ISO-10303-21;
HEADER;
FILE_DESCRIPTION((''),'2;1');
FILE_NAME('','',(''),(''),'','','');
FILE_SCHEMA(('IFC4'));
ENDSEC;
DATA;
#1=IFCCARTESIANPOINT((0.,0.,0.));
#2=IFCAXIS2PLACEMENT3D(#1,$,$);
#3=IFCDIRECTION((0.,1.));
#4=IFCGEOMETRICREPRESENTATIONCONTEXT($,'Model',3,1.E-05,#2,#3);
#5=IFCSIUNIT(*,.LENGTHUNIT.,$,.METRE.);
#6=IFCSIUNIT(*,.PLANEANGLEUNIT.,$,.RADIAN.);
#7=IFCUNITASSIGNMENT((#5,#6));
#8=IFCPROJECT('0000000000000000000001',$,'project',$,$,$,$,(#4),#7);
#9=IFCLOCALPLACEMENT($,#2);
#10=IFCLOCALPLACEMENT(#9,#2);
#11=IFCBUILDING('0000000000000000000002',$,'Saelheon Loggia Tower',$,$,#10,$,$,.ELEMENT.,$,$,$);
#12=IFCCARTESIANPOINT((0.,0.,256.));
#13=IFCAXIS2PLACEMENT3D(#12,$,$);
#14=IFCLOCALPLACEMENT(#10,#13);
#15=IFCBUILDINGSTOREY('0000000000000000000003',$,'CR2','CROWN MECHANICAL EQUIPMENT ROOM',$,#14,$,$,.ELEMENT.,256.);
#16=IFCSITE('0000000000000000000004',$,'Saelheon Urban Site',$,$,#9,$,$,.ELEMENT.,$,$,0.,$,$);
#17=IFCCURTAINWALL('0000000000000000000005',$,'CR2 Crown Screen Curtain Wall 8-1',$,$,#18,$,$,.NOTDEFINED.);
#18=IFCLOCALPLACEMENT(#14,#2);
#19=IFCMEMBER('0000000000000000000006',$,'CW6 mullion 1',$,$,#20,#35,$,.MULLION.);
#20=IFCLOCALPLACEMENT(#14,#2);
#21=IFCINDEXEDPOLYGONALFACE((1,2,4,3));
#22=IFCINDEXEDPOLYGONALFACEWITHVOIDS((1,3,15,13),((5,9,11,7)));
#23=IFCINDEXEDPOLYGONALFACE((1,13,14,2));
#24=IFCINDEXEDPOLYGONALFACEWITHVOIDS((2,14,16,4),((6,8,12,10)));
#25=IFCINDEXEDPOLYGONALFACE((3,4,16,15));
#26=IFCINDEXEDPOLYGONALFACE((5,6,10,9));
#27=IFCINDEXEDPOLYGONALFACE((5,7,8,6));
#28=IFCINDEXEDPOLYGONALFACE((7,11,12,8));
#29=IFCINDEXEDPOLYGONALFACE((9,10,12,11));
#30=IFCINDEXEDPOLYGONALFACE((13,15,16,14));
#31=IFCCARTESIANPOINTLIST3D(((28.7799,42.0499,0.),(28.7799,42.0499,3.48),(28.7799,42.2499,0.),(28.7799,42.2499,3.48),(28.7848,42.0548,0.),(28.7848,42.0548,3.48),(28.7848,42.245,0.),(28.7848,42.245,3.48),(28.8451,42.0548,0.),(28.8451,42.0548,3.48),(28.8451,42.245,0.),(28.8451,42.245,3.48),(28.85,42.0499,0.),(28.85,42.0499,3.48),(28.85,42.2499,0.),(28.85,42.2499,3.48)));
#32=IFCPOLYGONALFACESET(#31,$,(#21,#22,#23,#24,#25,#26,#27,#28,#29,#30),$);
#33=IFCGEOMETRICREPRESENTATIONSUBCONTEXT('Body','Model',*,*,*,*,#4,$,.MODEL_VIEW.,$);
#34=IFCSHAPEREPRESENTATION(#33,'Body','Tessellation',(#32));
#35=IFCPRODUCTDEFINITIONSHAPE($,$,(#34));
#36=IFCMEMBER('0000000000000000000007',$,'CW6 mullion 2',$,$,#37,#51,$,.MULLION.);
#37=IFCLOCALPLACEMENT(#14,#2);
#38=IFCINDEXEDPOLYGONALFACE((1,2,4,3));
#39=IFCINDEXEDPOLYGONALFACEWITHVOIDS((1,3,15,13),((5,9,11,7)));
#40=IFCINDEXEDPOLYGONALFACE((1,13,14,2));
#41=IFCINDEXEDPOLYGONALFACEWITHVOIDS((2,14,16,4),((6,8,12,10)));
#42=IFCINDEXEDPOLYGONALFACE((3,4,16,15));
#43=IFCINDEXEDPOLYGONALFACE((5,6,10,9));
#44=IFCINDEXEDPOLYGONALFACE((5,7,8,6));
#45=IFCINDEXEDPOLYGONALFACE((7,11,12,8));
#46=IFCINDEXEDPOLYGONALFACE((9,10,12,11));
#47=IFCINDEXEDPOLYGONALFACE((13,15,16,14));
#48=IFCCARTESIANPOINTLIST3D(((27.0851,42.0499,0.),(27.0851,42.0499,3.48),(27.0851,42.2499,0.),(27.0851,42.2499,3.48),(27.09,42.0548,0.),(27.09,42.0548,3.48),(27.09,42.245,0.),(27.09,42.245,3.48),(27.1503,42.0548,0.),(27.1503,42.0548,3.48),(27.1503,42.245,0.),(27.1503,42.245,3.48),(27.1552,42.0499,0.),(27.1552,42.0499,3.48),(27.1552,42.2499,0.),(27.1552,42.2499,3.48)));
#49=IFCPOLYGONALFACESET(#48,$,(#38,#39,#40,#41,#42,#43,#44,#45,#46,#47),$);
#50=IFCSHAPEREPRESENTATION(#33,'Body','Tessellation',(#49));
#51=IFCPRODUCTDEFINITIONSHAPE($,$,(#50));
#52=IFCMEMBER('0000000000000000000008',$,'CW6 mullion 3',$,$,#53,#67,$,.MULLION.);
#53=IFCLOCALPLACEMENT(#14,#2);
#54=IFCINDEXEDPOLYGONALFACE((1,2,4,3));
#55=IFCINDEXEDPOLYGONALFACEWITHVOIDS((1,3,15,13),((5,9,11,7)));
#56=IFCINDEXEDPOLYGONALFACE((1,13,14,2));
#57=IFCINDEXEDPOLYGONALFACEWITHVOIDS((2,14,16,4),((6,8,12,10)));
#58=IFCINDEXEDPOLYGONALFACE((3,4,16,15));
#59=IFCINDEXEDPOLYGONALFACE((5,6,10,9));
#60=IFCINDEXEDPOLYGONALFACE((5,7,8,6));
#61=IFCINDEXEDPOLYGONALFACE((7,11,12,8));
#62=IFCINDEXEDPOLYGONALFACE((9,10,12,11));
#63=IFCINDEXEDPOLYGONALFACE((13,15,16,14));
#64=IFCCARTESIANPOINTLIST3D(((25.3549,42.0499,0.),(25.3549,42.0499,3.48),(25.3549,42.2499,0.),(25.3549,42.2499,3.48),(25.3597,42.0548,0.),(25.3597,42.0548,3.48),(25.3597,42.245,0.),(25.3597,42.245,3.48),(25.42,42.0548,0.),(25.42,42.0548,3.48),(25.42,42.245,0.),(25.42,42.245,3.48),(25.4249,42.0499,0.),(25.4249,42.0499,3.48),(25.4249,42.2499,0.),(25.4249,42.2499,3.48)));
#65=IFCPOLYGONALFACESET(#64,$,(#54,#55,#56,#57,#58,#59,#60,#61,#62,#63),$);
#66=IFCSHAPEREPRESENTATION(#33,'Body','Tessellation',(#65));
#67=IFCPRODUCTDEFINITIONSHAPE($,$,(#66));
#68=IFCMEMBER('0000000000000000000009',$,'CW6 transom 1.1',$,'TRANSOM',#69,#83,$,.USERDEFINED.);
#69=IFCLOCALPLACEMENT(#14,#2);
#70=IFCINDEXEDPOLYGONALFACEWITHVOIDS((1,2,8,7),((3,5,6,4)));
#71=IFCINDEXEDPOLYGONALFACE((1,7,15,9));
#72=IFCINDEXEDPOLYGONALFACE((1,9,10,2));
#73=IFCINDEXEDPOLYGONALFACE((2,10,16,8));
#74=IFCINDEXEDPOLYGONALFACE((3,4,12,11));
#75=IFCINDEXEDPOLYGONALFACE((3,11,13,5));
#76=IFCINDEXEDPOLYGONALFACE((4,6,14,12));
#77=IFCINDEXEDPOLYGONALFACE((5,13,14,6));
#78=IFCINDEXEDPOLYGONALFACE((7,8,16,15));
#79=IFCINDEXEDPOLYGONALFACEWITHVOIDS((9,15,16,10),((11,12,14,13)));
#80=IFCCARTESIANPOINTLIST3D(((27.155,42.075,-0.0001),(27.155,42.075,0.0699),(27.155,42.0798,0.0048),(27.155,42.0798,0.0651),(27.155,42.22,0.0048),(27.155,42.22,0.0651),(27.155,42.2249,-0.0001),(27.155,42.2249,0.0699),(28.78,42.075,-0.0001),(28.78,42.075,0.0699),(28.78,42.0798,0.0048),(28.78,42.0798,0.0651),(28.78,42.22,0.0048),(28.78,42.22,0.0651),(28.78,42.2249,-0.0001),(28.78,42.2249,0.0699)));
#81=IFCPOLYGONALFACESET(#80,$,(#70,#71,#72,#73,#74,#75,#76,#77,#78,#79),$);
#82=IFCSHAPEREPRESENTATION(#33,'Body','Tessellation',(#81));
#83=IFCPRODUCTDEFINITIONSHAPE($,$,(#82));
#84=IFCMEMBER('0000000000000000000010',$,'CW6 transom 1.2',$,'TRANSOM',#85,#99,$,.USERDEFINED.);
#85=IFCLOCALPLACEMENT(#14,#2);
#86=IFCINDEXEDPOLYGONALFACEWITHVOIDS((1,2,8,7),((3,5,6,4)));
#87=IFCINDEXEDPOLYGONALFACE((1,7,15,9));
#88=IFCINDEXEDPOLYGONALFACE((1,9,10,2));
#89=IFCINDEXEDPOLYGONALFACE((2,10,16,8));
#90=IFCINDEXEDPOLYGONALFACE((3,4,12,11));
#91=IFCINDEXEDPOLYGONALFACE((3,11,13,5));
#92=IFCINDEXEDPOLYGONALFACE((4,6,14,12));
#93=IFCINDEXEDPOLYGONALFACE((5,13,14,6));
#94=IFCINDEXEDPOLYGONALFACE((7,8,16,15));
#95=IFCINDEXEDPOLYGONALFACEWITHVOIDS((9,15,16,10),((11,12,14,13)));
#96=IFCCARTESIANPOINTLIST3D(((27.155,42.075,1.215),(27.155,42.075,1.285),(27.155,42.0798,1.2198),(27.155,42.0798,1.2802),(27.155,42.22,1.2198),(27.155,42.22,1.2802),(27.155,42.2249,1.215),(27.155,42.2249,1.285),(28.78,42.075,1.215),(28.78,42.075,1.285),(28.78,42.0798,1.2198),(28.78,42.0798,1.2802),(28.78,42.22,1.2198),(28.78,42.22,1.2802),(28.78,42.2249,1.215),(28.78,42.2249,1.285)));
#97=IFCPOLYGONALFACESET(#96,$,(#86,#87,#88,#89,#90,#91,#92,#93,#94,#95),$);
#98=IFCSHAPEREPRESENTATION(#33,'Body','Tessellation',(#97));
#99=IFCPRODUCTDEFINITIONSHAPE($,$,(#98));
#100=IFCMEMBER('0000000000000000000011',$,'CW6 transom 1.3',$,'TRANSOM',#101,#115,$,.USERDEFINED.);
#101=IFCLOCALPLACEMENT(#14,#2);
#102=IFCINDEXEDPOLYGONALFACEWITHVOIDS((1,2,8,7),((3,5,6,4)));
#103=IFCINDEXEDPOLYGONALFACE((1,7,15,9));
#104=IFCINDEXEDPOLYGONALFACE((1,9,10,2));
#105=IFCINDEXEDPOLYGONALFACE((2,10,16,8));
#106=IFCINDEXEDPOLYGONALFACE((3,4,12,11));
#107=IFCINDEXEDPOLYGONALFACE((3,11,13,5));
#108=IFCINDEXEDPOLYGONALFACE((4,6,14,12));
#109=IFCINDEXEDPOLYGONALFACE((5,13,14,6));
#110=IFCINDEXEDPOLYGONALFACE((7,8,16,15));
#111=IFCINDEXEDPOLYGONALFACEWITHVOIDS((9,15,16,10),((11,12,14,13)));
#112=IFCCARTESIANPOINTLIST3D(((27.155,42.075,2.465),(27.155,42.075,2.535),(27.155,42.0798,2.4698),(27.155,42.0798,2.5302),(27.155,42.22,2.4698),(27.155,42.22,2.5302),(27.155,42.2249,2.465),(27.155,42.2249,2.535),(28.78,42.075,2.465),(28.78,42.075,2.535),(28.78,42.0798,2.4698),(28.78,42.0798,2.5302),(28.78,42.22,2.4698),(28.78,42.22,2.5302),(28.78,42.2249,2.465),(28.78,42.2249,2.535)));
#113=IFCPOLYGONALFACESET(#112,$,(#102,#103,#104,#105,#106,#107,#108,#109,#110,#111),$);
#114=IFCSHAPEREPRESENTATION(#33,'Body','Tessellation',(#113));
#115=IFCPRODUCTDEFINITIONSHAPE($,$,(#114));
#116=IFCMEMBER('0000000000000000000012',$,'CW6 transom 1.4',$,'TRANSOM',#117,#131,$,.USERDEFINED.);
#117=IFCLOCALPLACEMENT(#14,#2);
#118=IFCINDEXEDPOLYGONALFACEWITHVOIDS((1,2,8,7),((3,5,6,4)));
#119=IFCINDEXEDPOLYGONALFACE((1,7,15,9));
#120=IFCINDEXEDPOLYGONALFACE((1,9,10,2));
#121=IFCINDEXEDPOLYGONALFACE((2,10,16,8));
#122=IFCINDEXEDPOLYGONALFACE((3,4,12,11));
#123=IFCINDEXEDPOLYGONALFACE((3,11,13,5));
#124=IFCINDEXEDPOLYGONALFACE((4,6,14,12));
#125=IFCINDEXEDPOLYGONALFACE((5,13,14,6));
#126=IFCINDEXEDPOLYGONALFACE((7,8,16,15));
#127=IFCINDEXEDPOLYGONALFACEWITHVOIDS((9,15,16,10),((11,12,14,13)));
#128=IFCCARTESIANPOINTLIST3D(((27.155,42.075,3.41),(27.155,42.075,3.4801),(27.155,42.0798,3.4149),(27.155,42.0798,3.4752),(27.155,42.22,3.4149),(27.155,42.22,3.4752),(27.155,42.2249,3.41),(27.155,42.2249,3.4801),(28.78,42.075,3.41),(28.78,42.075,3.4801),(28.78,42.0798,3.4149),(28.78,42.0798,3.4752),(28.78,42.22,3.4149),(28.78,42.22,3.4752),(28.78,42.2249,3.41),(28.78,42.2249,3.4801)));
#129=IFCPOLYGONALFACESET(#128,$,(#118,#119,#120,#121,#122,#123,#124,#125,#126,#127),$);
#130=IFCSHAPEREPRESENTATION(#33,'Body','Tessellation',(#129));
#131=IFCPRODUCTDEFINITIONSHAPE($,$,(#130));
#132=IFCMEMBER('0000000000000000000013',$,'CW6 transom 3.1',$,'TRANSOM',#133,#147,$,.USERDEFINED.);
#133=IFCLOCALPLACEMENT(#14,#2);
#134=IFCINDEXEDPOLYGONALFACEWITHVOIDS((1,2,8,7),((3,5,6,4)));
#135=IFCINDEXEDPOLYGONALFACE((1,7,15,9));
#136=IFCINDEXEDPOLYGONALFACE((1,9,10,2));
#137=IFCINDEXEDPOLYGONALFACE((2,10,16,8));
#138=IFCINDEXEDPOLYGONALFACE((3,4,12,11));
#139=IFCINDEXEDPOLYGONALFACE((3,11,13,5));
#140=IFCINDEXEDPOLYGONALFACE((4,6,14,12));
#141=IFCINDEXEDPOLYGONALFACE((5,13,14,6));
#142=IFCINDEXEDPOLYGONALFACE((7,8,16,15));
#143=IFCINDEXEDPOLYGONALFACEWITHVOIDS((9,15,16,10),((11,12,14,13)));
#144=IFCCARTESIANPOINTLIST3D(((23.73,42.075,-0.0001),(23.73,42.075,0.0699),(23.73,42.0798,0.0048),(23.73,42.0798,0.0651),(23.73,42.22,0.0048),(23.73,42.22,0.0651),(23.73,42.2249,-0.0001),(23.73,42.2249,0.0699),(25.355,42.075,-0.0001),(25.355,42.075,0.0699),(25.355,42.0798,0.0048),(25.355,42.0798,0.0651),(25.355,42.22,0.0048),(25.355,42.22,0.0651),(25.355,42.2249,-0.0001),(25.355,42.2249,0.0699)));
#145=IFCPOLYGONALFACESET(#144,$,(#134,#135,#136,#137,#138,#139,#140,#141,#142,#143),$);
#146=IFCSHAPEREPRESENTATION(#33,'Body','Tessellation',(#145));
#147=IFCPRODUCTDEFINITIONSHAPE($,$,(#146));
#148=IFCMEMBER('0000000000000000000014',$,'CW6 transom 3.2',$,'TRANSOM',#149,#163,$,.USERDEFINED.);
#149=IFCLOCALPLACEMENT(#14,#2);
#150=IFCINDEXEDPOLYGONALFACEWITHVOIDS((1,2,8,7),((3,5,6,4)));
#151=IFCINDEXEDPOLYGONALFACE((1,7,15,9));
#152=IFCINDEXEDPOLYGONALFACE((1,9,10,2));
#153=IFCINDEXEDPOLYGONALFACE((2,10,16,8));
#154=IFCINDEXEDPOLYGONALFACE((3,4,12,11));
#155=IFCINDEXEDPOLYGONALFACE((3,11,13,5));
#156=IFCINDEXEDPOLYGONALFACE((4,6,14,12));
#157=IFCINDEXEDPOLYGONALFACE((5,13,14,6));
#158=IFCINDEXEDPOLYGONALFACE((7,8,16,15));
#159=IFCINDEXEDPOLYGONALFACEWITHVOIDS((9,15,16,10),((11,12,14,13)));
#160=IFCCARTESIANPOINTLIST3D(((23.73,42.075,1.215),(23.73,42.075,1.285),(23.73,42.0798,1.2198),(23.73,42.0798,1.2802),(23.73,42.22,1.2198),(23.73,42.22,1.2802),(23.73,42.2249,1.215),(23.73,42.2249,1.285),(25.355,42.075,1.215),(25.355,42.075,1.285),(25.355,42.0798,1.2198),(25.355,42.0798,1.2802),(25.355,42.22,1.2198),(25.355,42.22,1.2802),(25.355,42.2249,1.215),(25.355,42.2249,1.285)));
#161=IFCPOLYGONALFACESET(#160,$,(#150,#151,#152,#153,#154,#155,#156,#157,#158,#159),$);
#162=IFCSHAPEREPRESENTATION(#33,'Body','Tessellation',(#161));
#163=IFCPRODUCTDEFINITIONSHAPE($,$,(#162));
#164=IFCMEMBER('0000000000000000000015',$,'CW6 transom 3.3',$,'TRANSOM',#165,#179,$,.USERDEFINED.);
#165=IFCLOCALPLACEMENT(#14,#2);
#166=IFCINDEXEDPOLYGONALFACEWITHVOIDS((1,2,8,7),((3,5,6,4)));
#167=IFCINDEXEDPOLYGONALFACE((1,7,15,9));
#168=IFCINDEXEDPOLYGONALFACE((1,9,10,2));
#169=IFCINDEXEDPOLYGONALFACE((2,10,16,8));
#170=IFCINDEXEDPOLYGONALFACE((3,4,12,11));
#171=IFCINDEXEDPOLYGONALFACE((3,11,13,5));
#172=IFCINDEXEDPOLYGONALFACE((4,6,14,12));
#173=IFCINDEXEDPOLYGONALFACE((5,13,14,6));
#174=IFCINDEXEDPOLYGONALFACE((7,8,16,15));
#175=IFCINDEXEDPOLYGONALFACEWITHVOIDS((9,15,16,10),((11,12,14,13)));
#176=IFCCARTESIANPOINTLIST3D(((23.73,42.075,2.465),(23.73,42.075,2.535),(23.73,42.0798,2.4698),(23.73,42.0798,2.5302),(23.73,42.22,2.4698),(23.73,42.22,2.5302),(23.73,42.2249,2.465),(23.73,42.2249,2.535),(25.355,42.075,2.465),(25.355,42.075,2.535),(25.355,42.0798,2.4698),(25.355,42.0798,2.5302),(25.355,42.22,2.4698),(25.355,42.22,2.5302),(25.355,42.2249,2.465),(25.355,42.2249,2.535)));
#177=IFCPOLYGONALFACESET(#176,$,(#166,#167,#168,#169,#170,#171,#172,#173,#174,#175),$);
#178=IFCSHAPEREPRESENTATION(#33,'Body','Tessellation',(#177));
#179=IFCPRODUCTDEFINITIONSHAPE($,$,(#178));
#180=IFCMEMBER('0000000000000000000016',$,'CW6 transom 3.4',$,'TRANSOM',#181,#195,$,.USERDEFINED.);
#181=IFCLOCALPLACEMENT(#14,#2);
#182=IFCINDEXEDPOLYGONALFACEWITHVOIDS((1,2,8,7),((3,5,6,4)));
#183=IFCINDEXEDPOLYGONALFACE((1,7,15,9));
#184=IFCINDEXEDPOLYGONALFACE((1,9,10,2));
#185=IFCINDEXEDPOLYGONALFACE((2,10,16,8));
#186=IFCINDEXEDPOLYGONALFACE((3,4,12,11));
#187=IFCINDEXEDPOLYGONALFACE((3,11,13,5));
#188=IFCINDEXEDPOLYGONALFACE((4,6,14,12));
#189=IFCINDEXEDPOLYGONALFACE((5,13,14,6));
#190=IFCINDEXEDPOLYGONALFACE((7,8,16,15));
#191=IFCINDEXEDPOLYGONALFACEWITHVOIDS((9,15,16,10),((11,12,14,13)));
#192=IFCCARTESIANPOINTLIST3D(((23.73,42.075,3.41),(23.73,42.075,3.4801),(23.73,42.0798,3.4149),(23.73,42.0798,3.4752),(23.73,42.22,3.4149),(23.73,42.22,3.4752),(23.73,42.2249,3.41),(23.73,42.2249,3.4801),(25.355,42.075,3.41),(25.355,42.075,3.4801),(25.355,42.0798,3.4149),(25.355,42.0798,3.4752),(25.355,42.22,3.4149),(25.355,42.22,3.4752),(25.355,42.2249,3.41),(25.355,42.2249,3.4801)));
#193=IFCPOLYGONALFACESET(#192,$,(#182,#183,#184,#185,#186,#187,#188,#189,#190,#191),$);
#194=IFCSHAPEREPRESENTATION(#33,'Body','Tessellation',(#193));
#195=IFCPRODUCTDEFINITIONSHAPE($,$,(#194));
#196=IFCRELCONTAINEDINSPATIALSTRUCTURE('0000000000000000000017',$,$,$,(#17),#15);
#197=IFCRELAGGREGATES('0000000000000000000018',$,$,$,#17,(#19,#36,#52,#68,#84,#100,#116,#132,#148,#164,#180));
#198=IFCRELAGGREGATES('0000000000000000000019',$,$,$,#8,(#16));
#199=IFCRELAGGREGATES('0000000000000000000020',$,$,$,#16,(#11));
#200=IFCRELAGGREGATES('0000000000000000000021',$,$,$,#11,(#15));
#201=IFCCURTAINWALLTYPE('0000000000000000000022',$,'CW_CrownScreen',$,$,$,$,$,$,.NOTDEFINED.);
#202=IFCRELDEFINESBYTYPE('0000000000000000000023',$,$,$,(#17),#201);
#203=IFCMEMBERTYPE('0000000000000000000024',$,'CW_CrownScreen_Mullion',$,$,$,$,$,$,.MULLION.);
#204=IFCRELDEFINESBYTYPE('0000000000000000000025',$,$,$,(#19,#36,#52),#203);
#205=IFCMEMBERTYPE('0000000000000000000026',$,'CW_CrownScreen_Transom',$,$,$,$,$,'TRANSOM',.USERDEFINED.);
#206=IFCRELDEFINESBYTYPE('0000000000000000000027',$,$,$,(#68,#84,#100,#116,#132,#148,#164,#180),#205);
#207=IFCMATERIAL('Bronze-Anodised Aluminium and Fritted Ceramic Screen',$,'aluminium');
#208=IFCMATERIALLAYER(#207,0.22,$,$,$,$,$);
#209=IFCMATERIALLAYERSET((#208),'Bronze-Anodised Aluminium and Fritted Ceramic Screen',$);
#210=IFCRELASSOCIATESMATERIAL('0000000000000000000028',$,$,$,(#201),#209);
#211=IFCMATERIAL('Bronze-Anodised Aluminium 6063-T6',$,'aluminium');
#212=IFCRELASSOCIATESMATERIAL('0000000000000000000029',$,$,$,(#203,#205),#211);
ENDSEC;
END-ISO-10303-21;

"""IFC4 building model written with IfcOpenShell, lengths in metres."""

from ifc_helpers import new_model, si_unit, direction, frame, origin, origin_2d, place, context, subcontext, project, spatial, hollow_rectangle, extrude, source, transform, mapped, material, layer, layer_set, material_profile, profile_set, type_object, element, aggregate, save


model = new_model("IFC4")

# Units and contexts
model_context = context("Model", 3, precision=1e-05, world=origin(), true_north=direction((0.0, 1.0)))
body_context = subcontext(model_context, "Body", "Model", "MODEL_VIEW")
ifc_project = project(units=[si_unit("LENGTHUNIT", "METRE"), si_unit("PLANEANGLEUNIT", "RADIAN")], contexts=[model_context])

# Site, building, storey
site_placement = place(None, origin())
site = spatial("IfcSite", under=ifc_project, at=site_placement, Name="Saelheon Urban Site", CompositionType="ELEMENT", RefElevation=0.0)
building_placement = place(site_placement, origin())
building = spatial("IfcBuilding", under=site, at=building_placement, Name="Saelheon Loggia Tower", CompositionType="ELEMENT")
storey_placement = place(building_placement, frame((0.0, 0.0, 256.0)))
storey = spatial("IfcBuildingStorey", under=building, at=storey_placement, Name="CR2", Description="CROWN MECHANICAL EQUIPMENT ROOM", CompositionType="ELEMENT", Elevation=256.0)

# Curtain wall, members
ifc_material_1 = material(Name="Bronze-Anodised Aluminium and Fritted Ceramic Screen", Category="aluminium")
ifc_layer_1 = layer(ifc_material_1, 0.22)
ifc_layer_set_1 = layer_set([ifc_layer_1], Name="Bronze-Anodised Aluminium and Fritted Ceramic Screen")
curtain_wall_type = type_object("IfcCurtainWallType", Name="CW_CrownScreen", PredefinedType="NOTDEFINED", material=ifc_layer_set_1)
curtain_wall_placement = place(storey_placement, origin())
curtain_wall = element("IfcCurtainWall", 1, at=curtain_wall_placement, inside=storey, type_object=curtain_wall_type, Name="CR2 Crown Screen Curtain Wall 8-1", PredefinedType="NOTDEFINED")
ifc_material_2 = material(Name="Bronze-Anodised Aluminium 6063-T6", Category="aluminium")
ifc_material_profile_1 = material_profile(ifc_material_2, hollow_rectangle(XDim=0.0701, YDim=0.2, WallThickness=0.0049, at=origin_2d()), Name="RHS-200x70x5")
ifc_profile_set_1 = profile_set([ifc_material_profile_1], Name="Bronze-Anodised Aluminium 6063-T6")
member_type_1 = type_object("IfcMemberType", Name="CW_CrownScreen_Mullion", PredefinedType="MULLION", material=ifc_profile_set_1)
shared_shape_1 = source(origin(), body_context, "Body", "SweptSolid", [
    extrude(hollow_rectangle(XDim=0.0701, YDim=0.2, WallThickness=0.0049, at=origin_2d()), origin(), (0.0, 0.0, 1.0), 3.48),
])
member_1_placement = place(storey_placement, frame((28.8149, 42.1499, 0.0), z_axis=(0.0, 0.0, 1.0), x_axis=(-1.0, 0.0, 0.0)))
member_1 = element("IfcMember", 2, at=member_1_placement, type_object=member_type_1, Name="CW6 mullion 1", PredefinedType="MULLION", context=body_context, shape_type="MappedRepresentation", body=[
    mapped(shared_shape_1, transform((0.0, 0.0, 0.0), scale=1.0)),
])
member_2_placement = place(storey_placement, frame((27.1201, 42.1499, 0.0), z_axis=(0.0, 0.0, 1.0), x_axis=(-1.0, 0.0, 0.0)))
member_2 = element("IfcMember", 3, at=member_2_placement, type_object=member_type_1, Name="CW6 mullion 2", PredefinedType="MULLION", context=body_context, shape_type="MappedRepresentation", body=[
    mapped(shared_shape_1, transform((0.0, 0.0, 0.0), scale=1.0)),
])
member_3_placement = place(storey_placement, frame((25.3899, 42.1499, 0.0), z_axis=(0.0, 0.0, 1.0), x_axis=(-1.0, 0.0, 0.0)))
member_3 = element("IfcMember", 4, at=member_3_placement, type_object=member_type_1, Name="CW6 mullion 3", PredefinedType="MULLION", context=body_context, shape_type="MappedRepresentation", body=[
    mapped(shared_shape_1, transform((0.0, 0.0, 0.0), scale=1.0)),
])
ifc_material_profile_2 = material_profile(ifc_material_2, hollow_rectangle(XDim=0.0701, YDim=0.1499, WallThickness=0.0049, at=origin_2d()), Name="RHS-150x70x5")
ifc_profile_set_2 = profile_set([ifc_material_profile_2], Name="Bronze-Anodised Aluminium 6063-T6")
member_type_2 = type_object("IfcMemberType", Name="CW_CrownScreen_Transom", ElementType="TRANSOM", PredefinedType="USERDEFINED", material=ifc_profile_set_2)
shared_shape_2 = source(origin(), body_context, "Body", "SweptSolid", [
    extrude(hollow_rectangle(XDim=0.0701, YDim=0.1499, WallThickness=0.0049, at=origin_2d()), origin(), (0.0, 0.0, 1.0), 1.625),
])
member_4_placement = place(storey_placement, frame((28.78, 42.1499, 0.0349), z_axis=(-1.0, 0.0, 0.0), x_axis=(0.0, 0.0, 1.0)))
member_4 = element("IfcMember", 5, at=member_4_placement, type_object=member_type_2, Name="CW6 transom 1.1", ObjectType="TRANSOM", PredefinedType="USERDEFINED", context=body_context, shape_type="MappedRepresentation", body=[
    mapped(shared_shape_2, transform((0.0, 0.0, 0.0), scale=1.0)),
])
member_5_placement = place(storey_placement, frame((28.78, 42.1499, 1.25), z_axis=(-1.0, 0.0, 0.0), x_axis=(0.0, 0.0, 1.0)))
member_5 = element("IfcMember", 6, at=member_5_placement, type_object=member_type_2, Name="CW6 transom 1.2", ObjectType="TRANSOM", PredefinedType="USERDEFINED", context=body_context, shape_type="MappedRepresentation", body=[
    mapped(shared_shape_2, transform((0.0, 0.0, 0.0), scale=1.0)),
])
member_6_placement = place(storey_placement, frame((28.78, 42.1499, 2.5), z_axis=(-1.0, 0.0, 0.0), x_axis=(0.0, 0.0, 1.0)))
member_6 = element("IfcMember", 7, at=member_6_placement, type_object=member_type_2, Name="CW6 transom 1.3", ObjectType="TRANSOM", PredefinedType="USERDEFINED", context=body_context, shape_type="MappedRepresentation", body=[
    mapped(shared_shape_2, transform((0.0, 0.0, 0.0), scale=1.0)),
])
member_7_placement = place(storey_placement, frame((28.78, 42.1499, 3.4451), z_axis=(-1.0, 0.0, 0.0), x_axis=(0.0, 0.0, 1.0)))
member_7 = element("IfcMember", 8, at=member_7_placement, type_object=member_type_2, Name="CW6 transom 1.4", ObjectType="TRANSOM", PredefinedType="USERDEFINED", context=body_context, shape_type="MappedRepresentation", body=[
    mapped(shared_shape_2, transform((0.0, 0.0, 0.0), scale=1.0)),
])
member_8_placement = place(storey_placement, frame((25.355, 42.1499, 0.0349), z_axis=(-1.0, 0.0, 0.0), x_axis=(0.0, 0.0, 1.0)))
member_8 = element("IfcMember", 9, at=member_8_placement, type_object=member_type_2, Name="CW6 transom 3.1", ObjectType="TRANSOM", PredefinedType="USERDEFINED", context=body_context, shape_type="MappedRepresentation", body=[
    mapped(shared_shape_2, transform((0.0, 0.0, 0.0), scale=1.0)),
])
member_9_placement = place(storey_placement, frame((25.355, 42.1499, 1.25), z_axis=(-1.0, 0.0, 0.0), x_axis=(0.0, 0.0, 1.0)))
member_9 = element("IfcMember", 10, at=member_9_placement, type_object=member_type_2, Name="CW6 transom 3.2", ObjectType="TRANSOM", PredefinedType="USERDEFINED", context=body_context, shape_type="MappedRepresentation", body=[
    mapped(shared_shape_2, transform((0.0, 0.0, 0.0), scale=1.0)),
])
member_10_placement = place(storey_placement, frame((25.355, 42.1499, 2.5), z_axis=(-1.0, 0.0, 0.0), x_axis=(0.0, 0.0, 1.0)))
member_10 = element("IfcMember", 11, at=member_10_placement, type_object=member_type_2, Name="CW6 transom 3.3", ObjectType="TRANSOM", PredefinedType="USERDEFINED", context=body_context, shape_type="MappedRepresentation", body=[
    mapped(shared_shape_2, transform((0.0, 0.0, 0.0), scale=1.0)),
])
member_11_placement = place(storey_placement, frame((25.355, 42.1499, 3.4451), z_axis=(-1.0, 0.0, 0.0), x_axis=(0.0, 0.0, 1.0)))
member_11 = element("IfcMember", 12, at=member_11_placement, type_object=member_type_2, Name="CW6 transom 3.4", ObjectType="TRANSOM", PredefinedType="USERDEFINED", context=body_context, shape_type="MappedRepresentation", body=[
    mapped(shared_shape_2, transform((0.0, 0.0, 0.0), scale=1.0)),
])
aggregate(curtain_wall, [member_1, member_2, member_3, member_4, member_5, member_6, member_7, member_8, member_9, member_10, member_11])

save(model, "model.ifc")
